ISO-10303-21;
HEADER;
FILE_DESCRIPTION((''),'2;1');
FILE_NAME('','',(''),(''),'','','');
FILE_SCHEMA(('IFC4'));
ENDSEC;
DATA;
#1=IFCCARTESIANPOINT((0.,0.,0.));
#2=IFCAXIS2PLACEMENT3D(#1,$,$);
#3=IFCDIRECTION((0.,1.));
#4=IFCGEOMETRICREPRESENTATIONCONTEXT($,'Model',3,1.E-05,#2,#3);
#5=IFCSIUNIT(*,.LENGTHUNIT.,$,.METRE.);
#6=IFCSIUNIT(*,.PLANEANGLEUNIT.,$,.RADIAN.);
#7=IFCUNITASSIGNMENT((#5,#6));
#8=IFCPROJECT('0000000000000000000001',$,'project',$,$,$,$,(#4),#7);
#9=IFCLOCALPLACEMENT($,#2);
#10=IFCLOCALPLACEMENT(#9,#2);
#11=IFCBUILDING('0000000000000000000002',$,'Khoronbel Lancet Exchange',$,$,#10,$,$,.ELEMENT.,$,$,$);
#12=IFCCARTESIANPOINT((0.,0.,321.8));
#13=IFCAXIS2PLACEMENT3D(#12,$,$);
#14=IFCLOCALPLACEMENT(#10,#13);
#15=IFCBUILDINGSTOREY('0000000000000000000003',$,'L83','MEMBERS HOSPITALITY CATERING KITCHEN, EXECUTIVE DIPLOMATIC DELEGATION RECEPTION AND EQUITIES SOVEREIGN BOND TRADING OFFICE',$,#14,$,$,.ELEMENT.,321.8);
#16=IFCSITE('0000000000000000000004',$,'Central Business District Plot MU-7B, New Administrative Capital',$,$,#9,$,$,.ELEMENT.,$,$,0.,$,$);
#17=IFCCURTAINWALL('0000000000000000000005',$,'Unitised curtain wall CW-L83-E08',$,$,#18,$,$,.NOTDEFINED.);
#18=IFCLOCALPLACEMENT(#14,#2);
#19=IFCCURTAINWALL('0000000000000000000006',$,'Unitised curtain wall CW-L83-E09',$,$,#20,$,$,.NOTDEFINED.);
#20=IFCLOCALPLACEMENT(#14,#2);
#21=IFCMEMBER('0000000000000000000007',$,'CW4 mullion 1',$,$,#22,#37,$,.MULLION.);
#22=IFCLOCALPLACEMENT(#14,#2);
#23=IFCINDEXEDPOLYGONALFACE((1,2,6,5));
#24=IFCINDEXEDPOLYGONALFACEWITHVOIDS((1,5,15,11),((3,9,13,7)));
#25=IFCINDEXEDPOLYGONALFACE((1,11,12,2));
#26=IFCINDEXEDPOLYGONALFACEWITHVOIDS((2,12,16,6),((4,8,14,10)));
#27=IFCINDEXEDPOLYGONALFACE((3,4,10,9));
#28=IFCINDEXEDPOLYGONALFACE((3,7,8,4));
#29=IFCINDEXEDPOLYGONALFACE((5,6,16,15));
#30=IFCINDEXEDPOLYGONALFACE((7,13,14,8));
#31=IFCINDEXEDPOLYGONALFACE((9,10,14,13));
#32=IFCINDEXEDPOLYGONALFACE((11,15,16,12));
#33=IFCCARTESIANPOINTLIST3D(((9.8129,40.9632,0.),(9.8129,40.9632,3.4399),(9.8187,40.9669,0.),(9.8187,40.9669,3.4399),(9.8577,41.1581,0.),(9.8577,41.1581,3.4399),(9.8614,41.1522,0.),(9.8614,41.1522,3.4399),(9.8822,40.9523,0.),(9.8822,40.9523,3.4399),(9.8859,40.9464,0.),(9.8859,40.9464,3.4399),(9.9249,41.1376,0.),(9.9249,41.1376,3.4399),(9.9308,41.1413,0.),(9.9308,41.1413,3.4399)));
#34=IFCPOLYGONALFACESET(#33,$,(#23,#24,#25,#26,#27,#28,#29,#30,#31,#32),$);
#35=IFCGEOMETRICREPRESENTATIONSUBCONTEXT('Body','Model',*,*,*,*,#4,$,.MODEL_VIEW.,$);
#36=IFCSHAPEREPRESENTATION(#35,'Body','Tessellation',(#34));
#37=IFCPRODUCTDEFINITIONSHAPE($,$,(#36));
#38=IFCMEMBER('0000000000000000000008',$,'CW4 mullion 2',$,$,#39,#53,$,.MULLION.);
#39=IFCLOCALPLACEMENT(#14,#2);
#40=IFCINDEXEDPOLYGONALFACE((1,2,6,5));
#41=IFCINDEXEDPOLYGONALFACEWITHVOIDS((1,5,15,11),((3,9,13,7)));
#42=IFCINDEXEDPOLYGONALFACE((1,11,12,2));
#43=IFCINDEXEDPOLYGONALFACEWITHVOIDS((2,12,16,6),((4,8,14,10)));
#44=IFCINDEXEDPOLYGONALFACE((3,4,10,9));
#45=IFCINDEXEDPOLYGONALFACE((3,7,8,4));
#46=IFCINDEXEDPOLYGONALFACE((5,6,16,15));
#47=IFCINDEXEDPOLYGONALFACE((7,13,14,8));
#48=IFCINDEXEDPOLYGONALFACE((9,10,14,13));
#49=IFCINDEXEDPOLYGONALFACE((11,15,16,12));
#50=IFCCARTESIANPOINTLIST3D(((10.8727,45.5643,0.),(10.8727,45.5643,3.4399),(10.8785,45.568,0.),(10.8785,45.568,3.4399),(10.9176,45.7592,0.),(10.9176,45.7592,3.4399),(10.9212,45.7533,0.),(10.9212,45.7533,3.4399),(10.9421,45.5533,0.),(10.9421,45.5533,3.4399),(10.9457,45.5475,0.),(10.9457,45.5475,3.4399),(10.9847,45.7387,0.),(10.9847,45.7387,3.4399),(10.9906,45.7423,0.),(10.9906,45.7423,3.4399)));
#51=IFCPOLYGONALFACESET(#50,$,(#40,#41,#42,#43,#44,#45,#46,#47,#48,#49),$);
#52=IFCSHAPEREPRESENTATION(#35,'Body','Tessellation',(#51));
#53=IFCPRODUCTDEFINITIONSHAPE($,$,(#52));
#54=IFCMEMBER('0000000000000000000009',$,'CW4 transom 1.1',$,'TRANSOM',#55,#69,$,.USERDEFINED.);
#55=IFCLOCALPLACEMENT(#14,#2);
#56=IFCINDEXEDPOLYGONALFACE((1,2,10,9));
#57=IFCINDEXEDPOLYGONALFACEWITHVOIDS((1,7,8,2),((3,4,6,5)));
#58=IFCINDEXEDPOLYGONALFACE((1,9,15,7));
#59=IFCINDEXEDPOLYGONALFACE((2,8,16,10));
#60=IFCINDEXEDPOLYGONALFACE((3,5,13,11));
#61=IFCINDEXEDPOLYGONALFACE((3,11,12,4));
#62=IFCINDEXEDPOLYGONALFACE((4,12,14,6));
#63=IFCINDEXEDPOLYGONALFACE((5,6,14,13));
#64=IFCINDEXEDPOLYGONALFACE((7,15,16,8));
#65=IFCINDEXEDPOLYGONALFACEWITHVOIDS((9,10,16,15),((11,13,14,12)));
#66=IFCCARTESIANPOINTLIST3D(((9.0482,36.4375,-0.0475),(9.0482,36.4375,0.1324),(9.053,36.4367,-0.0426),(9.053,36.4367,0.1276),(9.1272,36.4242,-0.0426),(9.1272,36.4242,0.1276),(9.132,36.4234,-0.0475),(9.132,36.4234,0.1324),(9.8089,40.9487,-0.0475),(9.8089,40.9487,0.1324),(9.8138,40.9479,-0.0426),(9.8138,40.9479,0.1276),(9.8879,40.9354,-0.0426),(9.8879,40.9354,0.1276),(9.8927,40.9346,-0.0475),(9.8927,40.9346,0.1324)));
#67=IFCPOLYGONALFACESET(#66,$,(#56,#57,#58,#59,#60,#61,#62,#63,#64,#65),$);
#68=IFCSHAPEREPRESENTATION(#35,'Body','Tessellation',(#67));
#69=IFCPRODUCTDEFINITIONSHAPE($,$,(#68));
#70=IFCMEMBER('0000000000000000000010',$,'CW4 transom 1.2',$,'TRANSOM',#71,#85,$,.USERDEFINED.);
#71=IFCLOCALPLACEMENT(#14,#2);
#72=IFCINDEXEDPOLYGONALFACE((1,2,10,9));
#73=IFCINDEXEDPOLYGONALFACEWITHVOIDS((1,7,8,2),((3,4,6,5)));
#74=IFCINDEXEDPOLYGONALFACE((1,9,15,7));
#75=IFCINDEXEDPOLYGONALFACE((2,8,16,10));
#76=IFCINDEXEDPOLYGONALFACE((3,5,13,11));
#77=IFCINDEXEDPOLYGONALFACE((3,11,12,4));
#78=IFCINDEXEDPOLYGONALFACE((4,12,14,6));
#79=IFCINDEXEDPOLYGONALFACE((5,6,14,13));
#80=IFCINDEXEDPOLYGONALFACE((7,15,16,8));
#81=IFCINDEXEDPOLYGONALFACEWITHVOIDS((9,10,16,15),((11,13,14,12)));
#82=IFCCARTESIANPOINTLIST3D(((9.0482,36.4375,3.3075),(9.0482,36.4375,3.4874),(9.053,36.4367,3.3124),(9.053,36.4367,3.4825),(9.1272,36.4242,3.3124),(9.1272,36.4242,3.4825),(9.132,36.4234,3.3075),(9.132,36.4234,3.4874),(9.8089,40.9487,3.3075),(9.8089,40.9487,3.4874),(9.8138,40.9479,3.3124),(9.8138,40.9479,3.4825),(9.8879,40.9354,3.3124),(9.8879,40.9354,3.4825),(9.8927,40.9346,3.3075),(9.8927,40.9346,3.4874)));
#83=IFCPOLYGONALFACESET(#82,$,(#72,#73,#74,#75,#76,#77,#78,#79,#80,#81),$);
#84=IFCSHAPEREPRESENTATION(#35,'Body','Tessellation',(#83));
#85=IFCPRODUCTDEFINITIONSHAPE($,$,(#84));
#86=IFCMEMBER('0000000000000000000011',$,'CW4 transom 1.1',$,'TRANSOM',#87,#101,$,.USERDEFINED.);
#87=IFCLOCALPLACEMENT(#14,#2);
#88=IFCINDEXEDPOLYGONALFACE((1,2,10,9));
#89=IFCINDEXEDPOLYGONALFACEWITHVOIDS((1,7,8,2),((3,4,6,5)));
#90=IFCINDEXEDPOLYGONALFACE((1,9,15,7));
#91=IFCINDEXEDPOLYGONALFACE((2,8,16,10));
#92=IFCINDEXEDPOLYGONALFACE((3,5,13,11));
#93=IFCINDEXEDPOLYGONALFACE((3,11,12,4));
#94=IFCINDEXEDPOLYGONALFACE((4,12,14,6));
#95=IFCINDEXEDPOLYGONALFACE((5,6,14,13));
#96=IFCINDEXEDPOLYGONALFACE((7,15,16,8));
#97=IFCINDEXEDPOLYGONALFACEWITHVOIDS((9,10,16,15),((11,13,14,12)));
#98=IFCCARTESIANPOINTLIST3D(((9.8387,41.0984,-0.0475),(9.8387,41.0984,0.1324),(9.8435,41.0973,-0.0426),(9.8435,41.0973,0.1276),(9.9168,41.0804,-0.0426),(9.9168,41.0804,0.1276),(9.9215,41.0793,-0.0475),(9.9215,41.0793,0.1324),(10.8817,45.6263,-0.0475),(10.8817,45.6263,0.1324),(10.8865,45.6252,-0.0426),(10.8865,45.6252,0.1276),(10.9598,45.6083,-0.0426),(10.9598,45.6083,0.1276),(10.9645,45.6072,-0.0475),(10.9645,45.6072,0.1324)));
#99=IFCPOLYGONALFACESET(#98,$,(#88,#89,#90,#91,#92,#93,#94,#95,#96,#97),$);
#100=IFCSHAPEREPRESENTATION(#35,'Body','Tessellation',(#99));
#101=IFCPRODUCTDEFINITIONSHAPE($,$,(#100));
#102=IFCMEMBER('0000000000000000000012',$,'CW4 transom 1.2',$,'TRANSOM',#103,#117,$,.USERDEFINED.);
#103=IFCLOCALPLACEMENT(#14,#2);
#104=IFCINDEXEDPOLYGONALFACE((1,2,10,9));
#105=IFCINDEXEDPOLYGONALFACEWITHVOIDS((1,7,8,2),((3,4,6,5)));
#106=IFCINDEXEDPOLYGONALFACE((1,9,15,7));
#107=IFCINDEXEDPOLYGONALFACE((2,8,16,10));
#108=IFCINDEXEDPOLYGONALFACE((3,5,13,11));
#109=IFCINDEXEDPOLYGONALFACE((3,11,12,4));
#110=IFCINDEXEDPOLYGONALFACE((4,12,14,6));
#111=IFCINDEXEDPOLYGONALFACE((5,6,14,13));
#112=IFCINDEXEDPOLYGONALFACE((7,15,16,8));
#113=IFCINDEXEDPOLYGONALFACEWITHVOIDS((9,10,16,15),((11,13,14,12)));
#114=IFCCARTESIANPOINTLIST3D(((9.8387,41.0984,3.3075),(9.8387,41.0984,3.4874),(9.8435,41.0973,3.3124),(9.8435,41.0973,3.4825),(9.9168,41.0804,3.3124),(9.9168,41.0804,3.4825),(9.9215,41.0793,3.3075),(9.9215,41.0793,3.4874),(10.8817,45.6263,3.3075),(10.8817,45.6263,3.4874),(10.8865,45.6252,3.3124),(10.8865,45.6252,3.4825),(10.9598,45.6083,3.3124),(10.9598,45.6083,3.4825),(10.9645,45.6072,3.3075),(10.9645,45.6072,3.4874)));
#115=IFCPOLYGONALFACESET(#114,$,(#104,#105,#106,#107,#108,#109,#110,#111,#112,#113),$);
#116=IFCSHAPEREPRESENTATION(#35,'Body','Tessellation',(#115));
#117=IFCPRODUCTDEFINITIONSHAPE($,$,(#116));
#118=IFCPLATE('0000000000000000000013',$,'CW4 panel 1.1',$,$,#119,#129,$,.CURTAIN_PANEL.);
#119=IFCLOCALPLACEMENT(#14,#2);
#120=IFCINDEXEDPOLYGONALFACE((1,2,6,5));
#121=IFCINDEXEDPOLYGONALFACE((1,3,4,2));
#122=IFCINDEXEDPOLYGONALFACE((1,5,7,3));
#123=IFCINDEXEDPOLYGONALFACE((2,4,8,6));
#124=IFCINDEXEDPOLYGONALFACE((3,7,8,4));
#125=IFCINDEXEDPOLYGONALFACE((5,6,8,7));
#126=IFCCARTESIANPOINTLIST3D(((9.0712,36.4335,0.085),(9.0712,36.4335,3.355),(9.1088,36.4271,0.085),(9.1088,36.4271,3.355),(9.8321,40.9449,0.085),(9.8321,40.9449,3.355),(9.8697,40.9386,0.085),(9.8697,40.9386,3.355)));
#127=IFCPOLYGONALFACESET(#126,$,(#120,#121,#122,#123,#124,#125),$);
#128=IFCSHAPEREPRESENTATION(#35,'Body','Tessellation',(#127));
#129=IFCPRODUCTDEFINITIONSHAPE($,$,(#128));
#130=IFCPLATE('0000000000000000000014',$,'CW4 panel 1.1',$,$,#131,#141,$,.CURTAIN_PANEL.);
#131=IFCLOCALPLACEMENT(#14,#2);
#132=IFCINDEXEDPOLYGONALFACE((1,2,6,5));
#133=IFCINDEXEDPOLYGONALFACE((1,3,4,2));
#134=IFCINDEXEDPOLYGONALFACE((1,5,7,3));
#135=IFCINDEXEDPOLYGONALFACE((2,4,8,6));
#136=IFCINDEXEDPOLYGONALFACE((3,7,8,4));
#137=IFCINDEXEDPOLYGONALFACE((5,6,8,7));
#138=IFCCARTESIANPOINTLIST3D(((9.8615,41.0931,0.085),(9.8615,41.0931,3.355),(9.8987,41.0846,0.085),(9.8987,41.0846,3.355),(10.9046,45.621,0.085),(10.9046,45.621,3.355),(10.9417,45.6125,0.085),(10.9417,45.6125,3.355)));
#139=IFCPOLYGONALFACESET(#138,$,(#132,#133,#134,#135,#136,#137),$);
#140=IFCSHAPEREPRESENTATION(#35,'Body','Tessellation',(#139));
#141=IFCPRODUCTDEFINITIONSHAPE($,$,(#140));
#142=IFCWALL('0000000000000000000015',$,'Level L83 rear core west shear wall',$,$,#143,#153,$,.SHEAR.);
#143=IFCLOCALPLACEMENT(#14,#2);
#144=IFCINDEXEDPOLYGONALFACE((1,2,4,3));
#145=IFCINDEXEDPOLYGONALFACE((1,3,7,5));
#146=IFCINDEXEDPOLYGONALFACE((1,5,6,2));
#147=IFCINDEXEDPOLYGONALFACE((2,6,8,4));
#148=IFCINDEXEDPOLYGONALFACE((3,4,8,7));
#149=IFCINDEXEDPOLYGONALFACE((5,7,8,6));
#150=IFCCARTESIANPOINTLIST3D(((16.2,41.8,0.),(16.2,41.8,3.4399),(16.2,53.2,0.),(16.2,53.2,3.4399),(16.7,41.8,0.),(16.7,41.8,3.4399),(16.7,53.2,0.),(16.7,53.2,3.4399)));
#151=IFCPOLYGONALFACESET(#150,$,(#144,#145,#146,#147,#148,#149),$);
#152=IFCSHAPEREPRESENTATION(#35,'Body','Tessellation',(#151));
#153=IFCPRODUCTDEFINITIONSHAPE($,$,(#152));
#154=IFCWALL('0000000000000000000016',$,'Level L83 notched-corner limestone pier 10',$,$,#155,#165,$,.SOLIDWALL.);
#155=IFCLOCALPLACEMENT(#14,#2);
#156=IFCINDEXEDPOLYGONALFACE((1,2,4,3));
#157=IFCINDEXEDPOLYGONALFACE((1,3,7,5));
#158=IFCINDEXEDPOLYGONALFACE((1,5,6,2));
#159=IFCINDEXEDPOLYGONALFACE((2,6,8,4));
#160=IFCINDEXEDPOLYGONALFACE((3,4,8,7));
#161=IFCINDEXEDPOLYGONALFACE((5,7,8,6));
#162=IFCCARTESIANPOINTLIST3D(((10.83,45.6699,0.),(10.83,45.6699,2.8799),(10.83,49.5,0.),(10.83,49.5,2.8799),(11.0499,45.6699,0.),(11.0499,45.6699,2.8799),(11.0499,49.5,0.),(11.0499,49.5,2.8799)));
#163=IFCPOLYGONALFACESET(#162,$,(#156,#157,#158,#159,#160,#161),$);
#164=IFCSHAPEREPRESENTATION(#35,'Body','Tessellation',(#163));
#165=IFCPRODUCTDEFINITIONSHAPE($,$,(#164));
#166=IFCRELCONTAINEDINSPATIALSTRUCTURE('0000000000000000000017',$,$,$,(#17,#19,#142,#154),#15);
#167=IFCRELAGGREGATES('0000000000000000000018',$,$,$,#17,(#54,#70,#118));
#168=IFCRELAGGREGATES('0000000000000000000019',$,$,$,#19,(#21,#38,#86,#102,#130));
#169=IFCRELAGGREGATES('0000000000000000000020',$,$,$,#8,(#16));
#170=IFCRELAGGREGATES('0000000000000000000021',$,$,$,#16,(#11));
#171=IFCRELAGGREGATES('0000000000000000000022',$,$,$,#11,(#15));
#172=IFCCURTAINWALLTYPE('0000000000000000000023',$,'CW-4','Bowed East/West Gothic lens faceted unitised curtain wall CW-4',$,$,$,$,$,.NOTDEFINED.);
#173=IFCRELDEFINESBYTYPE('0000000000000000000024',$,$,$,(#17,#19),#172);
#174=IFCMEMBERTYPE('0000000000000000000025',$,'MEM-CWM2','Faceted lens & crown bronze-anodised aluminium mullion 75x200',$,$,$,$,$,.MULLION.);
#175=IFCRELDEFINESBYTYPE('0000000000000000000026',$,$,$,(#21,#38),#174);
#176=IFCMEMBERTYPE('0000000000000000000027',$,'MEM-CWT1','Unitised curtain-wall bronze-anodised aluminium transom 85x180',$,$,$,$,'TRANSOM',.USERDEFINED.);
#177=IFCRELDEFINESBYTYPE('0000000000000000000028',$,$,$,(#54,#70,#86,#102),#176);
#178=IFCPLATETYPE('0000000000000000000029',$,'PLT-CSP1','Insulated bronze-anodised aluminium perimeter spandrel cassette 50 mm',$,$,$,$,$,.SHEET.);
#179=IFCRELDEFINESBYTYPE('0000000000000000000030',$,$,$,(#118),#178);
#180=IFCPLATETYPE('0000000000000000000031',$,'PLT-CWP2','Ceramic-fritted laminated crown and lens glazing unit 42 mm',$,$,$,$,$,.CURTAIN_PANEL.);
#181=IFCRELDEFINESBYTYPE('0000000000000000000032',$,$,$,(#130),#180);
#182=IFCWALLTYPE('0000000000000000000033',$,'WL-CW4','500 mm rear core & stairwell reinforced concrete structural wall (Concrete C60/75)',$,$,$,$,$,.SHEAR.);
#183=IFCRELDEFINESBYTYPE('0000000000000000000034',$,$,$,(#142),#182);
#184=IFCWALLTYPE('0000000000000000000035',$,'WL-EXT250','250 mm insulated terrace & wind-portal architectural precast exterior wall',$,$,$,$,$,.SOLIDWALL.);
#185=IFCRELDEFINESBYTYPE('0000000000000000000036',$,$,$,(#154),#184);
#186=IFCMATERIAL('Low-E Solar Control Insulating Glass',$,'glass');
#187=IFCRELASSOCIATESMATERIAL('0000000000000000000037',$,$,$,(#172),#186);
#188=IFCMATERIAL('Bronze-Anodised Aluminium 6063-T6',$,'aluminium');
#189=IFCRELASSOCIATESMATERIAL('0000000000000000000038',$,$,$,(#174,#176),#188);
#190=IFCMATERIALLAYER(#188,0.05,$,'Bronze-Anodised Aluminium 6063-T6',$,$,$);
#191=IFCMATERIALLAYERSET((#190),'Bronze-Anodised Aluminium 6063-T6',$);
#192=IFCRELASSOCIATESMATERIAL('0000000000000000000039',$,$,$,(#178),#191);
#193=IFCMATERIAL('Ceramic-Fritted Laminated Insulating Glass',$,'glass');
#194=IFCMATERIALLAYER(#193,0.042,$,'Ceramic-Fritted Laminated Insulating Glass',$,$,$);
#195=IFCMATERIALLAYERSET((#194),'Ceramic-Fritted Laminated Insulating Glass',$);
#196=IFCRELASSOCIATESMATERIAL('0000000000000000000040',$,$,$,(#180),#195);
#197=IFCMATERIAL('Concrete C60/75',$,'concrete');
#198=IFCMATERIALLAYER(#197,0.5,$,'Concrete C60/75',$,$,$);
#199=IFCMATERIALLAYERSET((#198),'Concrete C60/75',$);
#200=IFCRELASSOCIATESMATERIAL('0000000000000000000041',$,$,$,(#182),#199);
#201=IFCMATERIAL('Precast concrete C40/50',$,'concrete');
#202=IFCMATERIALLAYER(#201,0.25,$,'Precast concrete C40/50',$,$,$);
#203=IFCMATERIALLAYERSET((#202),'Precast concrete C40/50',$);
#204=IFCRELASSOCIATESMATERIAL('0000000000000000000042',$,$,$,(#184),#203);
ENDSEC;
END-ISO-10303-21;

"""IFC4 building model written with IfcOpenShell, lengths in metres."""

from ifc_helpers import new_model, si_unit, direction, frame, frame_2d, origin, origin_2d, place, context, subcontext, project, spatial, rectangle, hollow_rectangle, extrude, material, layer, layer_set, material_profile, profile_set, type_object, element, aggregate, save


model = new_model("IFC4")

# Units and contexts
model_context = context("Model", 3, precision=1e-05, world=origin(), true_north=direction((0.0, 1.0)))
body_context = subcontext(model_context, "Body", "Model", "MODEL_VIEW")
ifc_project = project(units=[si_unit("LENGTHUNIT", "METRE"), si_unit("PLANEANGLEUNIT", "RADIAN")], contexts=[model_context])

# Site, building, storey
site_placement = place(None, origin())
site = spatial("IfcSite", under=ifc_project, at=site_placement, Name="Central Business District Plot MU-7B, New Administrative Capital", CompositionType="ELEMENT", RefElevation=0.0)
building_placement = place(site_placement, origin())
building = spatial("IfcBuilding", under=site, at=building_placement, Name="Khoronbel Lancet Exchange", CompositionType="ELEMENT")
storey_placement = place(building_placement, frame((0.0, 0.0, 321.8)))
storey = spatial("IfcBuildingStorey", under=building, at=storey_placement, Name="L83", Description="MEMBERS HOSPITALITY CATERING KITCHEN, EXECUTIVE DIPLOMATIC DELEGATION RECEPTION AND EQUITIES SOVEREIGN BOND TRADING OFFICE", CompositionType="ELEMENT", Elevation=321.8)

# Shared definitions
ifc_material_1 = material(Name="Low-E Solar Control Insulating Glass", Category="glass")
curtain_wall_type = type_object("IfcCurtainWallType", Name="CW-4", Description="Bowed East/West Gothic lens faceted unitised curtain wall CW-4", PredefinedType="NOTDEFINED", material=ifc_material_1)
ifc_material_2 = material(Name="Bronze-Anodised Aluminium 6063-T6", Category="aluminium")
ifc_material_profile_1 = material_profile(ifc_material_2, hollow_rectangle(XDim=0.075, YDim=0.2, WallThickness=0.0049, at=origin_2d()), Name="ALU MULLION 75x200")
ifc_profile_set_1 = profile_set([ifc_material_profile_1], Name="Bronze-Anodised Aluminium 6063-T6")
member_type_1 = type_object("IfcMemberType", Name="MEM-CWM2", Description="Faceted lens & crown bronze-anodised aluminium mullion 75x200", PredefinedType="MULLION", material=ifc_profile_set_1)

# Curtain walls, members
curtain_wall_1_placement = place(storey_placement, origin())
curtain_wall_1 = element("IfcCurtainWall", 1, at=curtain_wall_1_placement, inside=storey, type_object=curtain_wall_type, Name="Unitised curtain wall CW-L83-E08", PredefinedType="NOTDEFINED")
curtain_wall_2_placement = place(storey_placement, origin())
curtain_wall_2 = element("IfcCurtainWall", 2, at=curtain_wall_2_placement, inside=storey, type_object=curtain_wall_type, Name="Unitised curtain wall CW-L83-E09", PredefinedType="NOTDEFINED")
member_1_placement = place(storey_placement, frame((9.8718, 41.0522, 0.0), z_axis=(0.0, 0.0, 1.0), x_axis=(-0.97448, 0.224476, 0.0)))
member_1 = element("IfcMember", 3, at=member_1_placement, type_object=member_type_1, Name="CW4 mullion 1", PredefinedType="MULLION", context=body_context, shape_type="SweptSolid", body=[
    extrude(hollow_rectangle(XDim=0.075, YDim=0.2, WallThickness=0.0049, at=origin_2d()), origin(), (0.0, 0.0, 1.0), 3.4399),
])
member_2_placement = place(storey_placement, frame((10.9316, 45.6533, 0.0), z_axis=(0.0, 0.0, 1.0), x_axis=(-0.97448, 0.224476, 0.0)))
member_2 = element("IfcMember", 4, at=member_2_placement, type_object=member_type_1, Name="CW4 mullion 2", PredefinedType="MULLION", context=body_context, shape_type="SweptSolid", body=[
    extrude(hollow_rectangle(XDim=0.075, YDim=0.2, WallThickness=0.0049, at=origin_2d()), origin(), (0.0, 0.0, 1.0), 3.4399),
])

# Members
ifc_material_profile_2 = material_profile(ifc_material_2, hollow_rectangle(XDim=0.085, YDim=0.1799, WallThickness=0.0049, at=origin_2d()), Name="ALU TRANSOM 85x180")
ifc_profile_set_2 = profile_set([ifc_material_profile_2], Name="Bronze-Anodised Aluminium 6063-T6")
member_type_2 = type_object("IfcMemberType", Name="MEM-CWT1", Description="Unitised curtain-wall bronze-anodised aluminium transom 85x180", ElementType="TRANSOM", PredefinedType="USERDEFINED", material=ifc_profile_set_2)
member_3_placement = place(storey_placement, frame((9.0901, 36.4304, 0.0425), z_axis=(0.166285, 0.986078, 0.0), x_axis=(-0.986078, 0.166285, 0.0)))
member_3 = element("IfcMember", 5, at=member_3_placement, type_object=member_type_2, Name="CW4 transom 1.1", ObjectType="TRANSOM", PredefinedType="USERDEFINED", context=body_context, shape_type="SweptSolid", body=[
    extrude(hollow_rectangle(XDim=0.085, YDim=0.1799, WallThickness=0.0049, at=origin_2d()), origin(), (0.0, 0.0, 1.0), 4.575),
])
member_4_placement = place(storey_placement, frame((9.0901, 36.4304, 3.3975), z_axis=(0.166285, 0.986078, 0.0), x_axis=(-0.986078, 0.166285, 0.0)))
member_4 = element("IfcMember", 6, at=member_4_placement, type_object=member_type_2, Name="CW4 transom 1.2", ObjectType="TRANSOM", PredefinedType="USERDEFINED", context=body_context, shape_type="SweptSolid", body=[
    extrude(hollow_rectangle(XDim=0.085, YDim=0.1799, WallThickness=0.0049, at=origin_2d()), origin(), (0.0, 0.0, 1.0), 4.575),
])
member_5_placement = place(storey_placement, frame((9.8801, 41.0889, 0.0425), z_axis=(0.224468, 0.974481, 0.0), x_axis=(-0.974481, 0.224468, 0.0)))
member_5 = element("IfcMember", 7, at=member_5_placement, type_object=member_type_2, Name="CW4 transom 1.1", ObjectType="TRANSOM", PredefinedType="USERDEFINED", context=body_context, shape_type="SweptSolid", body=[
    extrude(hollow_rectangle(XDim=0.085, YDim=0.1799, WallThickness=0.0049, at=origin_2d()), origin(), (0.0, 0.0, 1.0), 4.6465),
])
member_6_placement = place(storey_placement, frame((9.8801, 41.0889, 3.3975), z_axis=(0.224468, 0.974481, 0.0), x_axis=(-0.974481, 0.224468, 0.0)))
member_6 = element("IfcMember", 8, at=member_6_placement, type_object=member_type_2, Name="CW4 transom 1.2", ObjectType="TRANSOM", PredefinedType="USERDEFINED", context=body_context, shape_type="SweptSolid", body=[
    extrude(hollow_rectangle(XDim=0.085, YDim=0.1799, WallThickness=0.0049, at=origin_2d()), origin(), (0.0, 0.0, 1.0), 4.6465),
])

# Plates
ifc_layer_1 = layer(ifc_material_2, 0.05, Name="Bronze-Anodised Aluminium 6063-T6")
ifc_layer_set_1 = layer_set([ifc_layer_1], Name="Bronze-Anodised Aluminium 6063-T6")
plate_type_1 = type_object("IfcPlateType", Name="PLT-CSP1", Description="Insulated bronze-anodised aluminium perimeter spandrel cassette 50 mm", PredefinedType="SHEET", material=ifc_layer_set_1)
plate_1_placement = place(storey_placement, frame((9.4705, 38.686, 0.085), z_axis=(0.0, 0.0, 1.0), x_axis=(0.166303, 0.986075, 0.0)))
plate_1 = element("IfcPlate", 9, at=plate_1_placement, type_object=plate_type_1, Name="CW4 panel 1.1", PredefinedType="CURTAIN_PANEL", context=body_context, shape_type="SweptSolid", body=[
    extrude(rectangle(XDim=4.5752, YDim=0.0381, at=origin_2d()), origin(), (0.0, 0.0, 1.0), 3.27),
])
aggregate(curtain_wall_1, [member_3, member_4, plate_1])
ifc_material_3 = material(Name="Ceramic-Fritted Laminated Insulating Glass", Category="glass")
ifc_layer_2 = layer(ifc_material_3, 0.042, Name="Ceramic-Fritted Laminated Insulating Glass")
ifc_layer_set_2 = layer_set([ifc_layer_2], Name="Ceramic-Fritted Laminated Insulating Glass")
plate_type_2 = type_object("IfcPlateType", Name="PLT-CWP2", Description="Ceramic-fritted laminated crown and lens glazing unit 42 mm", PredefinedType="CURTAIN_PANEL", material=ifc_layer_set_2)
plate_2_placement = place(storey_placement, frame((10.4016, 43.3528, 0.085), z_axis=(0.0, 0.0, 1.0), x_axis=(0.224476, 0.97448, 0.0)))
plate_2 = element("IfcPlate", 10, at=plate_2_placement, type_object=plate_type_2, Name="CW4 panel 1.1", PredefinedType="CURTAIN_PANEL", context=body_context, shape_type="SweptSolid", body=[
    extrude(rectangle(XDim=4.6465, YDim=0.0381, at=origin_2d()), origin(), (0.0, 0.0, 1.0), 3.27),
])
aggregate(curtain_wall_2, [member_1, member_2, member_5, member_6, plate_2])

# Walls
ifc_material_4 = material(Name="Concrete C60/75", Category="concrete")
ifc_layer_3 = layer(ifc_material_4, 0.5, Name="Concrete C60/75")
ifc_layer_set_3 = layer_set([ifc_layer_3], Name="Concrete C60/75")
wall_type_1 = type_object("IfcWallType", Name="WL-CW4", Description="500 mm rear core & stairwell reinforced concrete structural wall (Concrete C60/75)", PredefinedType="SHEAR", material=ifc_layer_set_3)
wall_1_placement = place(storey_placement, frame((16.45, 41.8, 0.0), z_axis=(0.0, 0.0, 1.0), x_axis=(0.0, 1.0, 0.0)))
element("IfcWall", 11, at=wall_1_placement, inside=storey, type_object=wall_type_1, Name="Level L83 rear core west shear wall", PredefinedType="SHEAR", context=body_context, shape_type="SweptSolid", body=[
    extrude(rectangle(XDim=11.3999, YDim=0.5, at=frame_2d((5.7, 0.0))), origin(), (0.0, 0.0, 1.0), 3.4399),
])
ifc_material_5 = material(Name="Precast concrete C40/50", Category="concrete")
ifc_layer_4 = layer(ifc_material_5, 0.25, Name="Precast concrete C40/50")
ifc_layer_set_4 = layer_set([ifc_layer_4], Name="Precast concrete C40/50")
wall_type_2 = type_object("IfcWallType", Name="WL-EXT250", Description="250 mm insulated terrace & wind-portal architectural precast exterior wall", PredefinedType="SOLIDWALL", material=ifc_layer_set_4)
wall_2_placement = place(storey_placement, frame((10.9399, 45.6699, 0.0), z_axis=(0.0, 0.0, 1.0), x_axis=(0.0, 1.0, 0.0)))
element("IfcWall", 12, at=wall_2_placement, inside=storey, type_object=wall_type_2, Name="Level L83 notched-corner limestone pier 10", PredefinedType="SOLIDWALL", context=body_context, shape_type="SweptSolid", body=[
    extrude(rectangle(XDim=3.8301, YDim=0.22, at=frame_2d((1.915, 0.0))), origin(), (0.0, 0.0, 1.0), 2.8799),
])

save(model, "model.ifc")
